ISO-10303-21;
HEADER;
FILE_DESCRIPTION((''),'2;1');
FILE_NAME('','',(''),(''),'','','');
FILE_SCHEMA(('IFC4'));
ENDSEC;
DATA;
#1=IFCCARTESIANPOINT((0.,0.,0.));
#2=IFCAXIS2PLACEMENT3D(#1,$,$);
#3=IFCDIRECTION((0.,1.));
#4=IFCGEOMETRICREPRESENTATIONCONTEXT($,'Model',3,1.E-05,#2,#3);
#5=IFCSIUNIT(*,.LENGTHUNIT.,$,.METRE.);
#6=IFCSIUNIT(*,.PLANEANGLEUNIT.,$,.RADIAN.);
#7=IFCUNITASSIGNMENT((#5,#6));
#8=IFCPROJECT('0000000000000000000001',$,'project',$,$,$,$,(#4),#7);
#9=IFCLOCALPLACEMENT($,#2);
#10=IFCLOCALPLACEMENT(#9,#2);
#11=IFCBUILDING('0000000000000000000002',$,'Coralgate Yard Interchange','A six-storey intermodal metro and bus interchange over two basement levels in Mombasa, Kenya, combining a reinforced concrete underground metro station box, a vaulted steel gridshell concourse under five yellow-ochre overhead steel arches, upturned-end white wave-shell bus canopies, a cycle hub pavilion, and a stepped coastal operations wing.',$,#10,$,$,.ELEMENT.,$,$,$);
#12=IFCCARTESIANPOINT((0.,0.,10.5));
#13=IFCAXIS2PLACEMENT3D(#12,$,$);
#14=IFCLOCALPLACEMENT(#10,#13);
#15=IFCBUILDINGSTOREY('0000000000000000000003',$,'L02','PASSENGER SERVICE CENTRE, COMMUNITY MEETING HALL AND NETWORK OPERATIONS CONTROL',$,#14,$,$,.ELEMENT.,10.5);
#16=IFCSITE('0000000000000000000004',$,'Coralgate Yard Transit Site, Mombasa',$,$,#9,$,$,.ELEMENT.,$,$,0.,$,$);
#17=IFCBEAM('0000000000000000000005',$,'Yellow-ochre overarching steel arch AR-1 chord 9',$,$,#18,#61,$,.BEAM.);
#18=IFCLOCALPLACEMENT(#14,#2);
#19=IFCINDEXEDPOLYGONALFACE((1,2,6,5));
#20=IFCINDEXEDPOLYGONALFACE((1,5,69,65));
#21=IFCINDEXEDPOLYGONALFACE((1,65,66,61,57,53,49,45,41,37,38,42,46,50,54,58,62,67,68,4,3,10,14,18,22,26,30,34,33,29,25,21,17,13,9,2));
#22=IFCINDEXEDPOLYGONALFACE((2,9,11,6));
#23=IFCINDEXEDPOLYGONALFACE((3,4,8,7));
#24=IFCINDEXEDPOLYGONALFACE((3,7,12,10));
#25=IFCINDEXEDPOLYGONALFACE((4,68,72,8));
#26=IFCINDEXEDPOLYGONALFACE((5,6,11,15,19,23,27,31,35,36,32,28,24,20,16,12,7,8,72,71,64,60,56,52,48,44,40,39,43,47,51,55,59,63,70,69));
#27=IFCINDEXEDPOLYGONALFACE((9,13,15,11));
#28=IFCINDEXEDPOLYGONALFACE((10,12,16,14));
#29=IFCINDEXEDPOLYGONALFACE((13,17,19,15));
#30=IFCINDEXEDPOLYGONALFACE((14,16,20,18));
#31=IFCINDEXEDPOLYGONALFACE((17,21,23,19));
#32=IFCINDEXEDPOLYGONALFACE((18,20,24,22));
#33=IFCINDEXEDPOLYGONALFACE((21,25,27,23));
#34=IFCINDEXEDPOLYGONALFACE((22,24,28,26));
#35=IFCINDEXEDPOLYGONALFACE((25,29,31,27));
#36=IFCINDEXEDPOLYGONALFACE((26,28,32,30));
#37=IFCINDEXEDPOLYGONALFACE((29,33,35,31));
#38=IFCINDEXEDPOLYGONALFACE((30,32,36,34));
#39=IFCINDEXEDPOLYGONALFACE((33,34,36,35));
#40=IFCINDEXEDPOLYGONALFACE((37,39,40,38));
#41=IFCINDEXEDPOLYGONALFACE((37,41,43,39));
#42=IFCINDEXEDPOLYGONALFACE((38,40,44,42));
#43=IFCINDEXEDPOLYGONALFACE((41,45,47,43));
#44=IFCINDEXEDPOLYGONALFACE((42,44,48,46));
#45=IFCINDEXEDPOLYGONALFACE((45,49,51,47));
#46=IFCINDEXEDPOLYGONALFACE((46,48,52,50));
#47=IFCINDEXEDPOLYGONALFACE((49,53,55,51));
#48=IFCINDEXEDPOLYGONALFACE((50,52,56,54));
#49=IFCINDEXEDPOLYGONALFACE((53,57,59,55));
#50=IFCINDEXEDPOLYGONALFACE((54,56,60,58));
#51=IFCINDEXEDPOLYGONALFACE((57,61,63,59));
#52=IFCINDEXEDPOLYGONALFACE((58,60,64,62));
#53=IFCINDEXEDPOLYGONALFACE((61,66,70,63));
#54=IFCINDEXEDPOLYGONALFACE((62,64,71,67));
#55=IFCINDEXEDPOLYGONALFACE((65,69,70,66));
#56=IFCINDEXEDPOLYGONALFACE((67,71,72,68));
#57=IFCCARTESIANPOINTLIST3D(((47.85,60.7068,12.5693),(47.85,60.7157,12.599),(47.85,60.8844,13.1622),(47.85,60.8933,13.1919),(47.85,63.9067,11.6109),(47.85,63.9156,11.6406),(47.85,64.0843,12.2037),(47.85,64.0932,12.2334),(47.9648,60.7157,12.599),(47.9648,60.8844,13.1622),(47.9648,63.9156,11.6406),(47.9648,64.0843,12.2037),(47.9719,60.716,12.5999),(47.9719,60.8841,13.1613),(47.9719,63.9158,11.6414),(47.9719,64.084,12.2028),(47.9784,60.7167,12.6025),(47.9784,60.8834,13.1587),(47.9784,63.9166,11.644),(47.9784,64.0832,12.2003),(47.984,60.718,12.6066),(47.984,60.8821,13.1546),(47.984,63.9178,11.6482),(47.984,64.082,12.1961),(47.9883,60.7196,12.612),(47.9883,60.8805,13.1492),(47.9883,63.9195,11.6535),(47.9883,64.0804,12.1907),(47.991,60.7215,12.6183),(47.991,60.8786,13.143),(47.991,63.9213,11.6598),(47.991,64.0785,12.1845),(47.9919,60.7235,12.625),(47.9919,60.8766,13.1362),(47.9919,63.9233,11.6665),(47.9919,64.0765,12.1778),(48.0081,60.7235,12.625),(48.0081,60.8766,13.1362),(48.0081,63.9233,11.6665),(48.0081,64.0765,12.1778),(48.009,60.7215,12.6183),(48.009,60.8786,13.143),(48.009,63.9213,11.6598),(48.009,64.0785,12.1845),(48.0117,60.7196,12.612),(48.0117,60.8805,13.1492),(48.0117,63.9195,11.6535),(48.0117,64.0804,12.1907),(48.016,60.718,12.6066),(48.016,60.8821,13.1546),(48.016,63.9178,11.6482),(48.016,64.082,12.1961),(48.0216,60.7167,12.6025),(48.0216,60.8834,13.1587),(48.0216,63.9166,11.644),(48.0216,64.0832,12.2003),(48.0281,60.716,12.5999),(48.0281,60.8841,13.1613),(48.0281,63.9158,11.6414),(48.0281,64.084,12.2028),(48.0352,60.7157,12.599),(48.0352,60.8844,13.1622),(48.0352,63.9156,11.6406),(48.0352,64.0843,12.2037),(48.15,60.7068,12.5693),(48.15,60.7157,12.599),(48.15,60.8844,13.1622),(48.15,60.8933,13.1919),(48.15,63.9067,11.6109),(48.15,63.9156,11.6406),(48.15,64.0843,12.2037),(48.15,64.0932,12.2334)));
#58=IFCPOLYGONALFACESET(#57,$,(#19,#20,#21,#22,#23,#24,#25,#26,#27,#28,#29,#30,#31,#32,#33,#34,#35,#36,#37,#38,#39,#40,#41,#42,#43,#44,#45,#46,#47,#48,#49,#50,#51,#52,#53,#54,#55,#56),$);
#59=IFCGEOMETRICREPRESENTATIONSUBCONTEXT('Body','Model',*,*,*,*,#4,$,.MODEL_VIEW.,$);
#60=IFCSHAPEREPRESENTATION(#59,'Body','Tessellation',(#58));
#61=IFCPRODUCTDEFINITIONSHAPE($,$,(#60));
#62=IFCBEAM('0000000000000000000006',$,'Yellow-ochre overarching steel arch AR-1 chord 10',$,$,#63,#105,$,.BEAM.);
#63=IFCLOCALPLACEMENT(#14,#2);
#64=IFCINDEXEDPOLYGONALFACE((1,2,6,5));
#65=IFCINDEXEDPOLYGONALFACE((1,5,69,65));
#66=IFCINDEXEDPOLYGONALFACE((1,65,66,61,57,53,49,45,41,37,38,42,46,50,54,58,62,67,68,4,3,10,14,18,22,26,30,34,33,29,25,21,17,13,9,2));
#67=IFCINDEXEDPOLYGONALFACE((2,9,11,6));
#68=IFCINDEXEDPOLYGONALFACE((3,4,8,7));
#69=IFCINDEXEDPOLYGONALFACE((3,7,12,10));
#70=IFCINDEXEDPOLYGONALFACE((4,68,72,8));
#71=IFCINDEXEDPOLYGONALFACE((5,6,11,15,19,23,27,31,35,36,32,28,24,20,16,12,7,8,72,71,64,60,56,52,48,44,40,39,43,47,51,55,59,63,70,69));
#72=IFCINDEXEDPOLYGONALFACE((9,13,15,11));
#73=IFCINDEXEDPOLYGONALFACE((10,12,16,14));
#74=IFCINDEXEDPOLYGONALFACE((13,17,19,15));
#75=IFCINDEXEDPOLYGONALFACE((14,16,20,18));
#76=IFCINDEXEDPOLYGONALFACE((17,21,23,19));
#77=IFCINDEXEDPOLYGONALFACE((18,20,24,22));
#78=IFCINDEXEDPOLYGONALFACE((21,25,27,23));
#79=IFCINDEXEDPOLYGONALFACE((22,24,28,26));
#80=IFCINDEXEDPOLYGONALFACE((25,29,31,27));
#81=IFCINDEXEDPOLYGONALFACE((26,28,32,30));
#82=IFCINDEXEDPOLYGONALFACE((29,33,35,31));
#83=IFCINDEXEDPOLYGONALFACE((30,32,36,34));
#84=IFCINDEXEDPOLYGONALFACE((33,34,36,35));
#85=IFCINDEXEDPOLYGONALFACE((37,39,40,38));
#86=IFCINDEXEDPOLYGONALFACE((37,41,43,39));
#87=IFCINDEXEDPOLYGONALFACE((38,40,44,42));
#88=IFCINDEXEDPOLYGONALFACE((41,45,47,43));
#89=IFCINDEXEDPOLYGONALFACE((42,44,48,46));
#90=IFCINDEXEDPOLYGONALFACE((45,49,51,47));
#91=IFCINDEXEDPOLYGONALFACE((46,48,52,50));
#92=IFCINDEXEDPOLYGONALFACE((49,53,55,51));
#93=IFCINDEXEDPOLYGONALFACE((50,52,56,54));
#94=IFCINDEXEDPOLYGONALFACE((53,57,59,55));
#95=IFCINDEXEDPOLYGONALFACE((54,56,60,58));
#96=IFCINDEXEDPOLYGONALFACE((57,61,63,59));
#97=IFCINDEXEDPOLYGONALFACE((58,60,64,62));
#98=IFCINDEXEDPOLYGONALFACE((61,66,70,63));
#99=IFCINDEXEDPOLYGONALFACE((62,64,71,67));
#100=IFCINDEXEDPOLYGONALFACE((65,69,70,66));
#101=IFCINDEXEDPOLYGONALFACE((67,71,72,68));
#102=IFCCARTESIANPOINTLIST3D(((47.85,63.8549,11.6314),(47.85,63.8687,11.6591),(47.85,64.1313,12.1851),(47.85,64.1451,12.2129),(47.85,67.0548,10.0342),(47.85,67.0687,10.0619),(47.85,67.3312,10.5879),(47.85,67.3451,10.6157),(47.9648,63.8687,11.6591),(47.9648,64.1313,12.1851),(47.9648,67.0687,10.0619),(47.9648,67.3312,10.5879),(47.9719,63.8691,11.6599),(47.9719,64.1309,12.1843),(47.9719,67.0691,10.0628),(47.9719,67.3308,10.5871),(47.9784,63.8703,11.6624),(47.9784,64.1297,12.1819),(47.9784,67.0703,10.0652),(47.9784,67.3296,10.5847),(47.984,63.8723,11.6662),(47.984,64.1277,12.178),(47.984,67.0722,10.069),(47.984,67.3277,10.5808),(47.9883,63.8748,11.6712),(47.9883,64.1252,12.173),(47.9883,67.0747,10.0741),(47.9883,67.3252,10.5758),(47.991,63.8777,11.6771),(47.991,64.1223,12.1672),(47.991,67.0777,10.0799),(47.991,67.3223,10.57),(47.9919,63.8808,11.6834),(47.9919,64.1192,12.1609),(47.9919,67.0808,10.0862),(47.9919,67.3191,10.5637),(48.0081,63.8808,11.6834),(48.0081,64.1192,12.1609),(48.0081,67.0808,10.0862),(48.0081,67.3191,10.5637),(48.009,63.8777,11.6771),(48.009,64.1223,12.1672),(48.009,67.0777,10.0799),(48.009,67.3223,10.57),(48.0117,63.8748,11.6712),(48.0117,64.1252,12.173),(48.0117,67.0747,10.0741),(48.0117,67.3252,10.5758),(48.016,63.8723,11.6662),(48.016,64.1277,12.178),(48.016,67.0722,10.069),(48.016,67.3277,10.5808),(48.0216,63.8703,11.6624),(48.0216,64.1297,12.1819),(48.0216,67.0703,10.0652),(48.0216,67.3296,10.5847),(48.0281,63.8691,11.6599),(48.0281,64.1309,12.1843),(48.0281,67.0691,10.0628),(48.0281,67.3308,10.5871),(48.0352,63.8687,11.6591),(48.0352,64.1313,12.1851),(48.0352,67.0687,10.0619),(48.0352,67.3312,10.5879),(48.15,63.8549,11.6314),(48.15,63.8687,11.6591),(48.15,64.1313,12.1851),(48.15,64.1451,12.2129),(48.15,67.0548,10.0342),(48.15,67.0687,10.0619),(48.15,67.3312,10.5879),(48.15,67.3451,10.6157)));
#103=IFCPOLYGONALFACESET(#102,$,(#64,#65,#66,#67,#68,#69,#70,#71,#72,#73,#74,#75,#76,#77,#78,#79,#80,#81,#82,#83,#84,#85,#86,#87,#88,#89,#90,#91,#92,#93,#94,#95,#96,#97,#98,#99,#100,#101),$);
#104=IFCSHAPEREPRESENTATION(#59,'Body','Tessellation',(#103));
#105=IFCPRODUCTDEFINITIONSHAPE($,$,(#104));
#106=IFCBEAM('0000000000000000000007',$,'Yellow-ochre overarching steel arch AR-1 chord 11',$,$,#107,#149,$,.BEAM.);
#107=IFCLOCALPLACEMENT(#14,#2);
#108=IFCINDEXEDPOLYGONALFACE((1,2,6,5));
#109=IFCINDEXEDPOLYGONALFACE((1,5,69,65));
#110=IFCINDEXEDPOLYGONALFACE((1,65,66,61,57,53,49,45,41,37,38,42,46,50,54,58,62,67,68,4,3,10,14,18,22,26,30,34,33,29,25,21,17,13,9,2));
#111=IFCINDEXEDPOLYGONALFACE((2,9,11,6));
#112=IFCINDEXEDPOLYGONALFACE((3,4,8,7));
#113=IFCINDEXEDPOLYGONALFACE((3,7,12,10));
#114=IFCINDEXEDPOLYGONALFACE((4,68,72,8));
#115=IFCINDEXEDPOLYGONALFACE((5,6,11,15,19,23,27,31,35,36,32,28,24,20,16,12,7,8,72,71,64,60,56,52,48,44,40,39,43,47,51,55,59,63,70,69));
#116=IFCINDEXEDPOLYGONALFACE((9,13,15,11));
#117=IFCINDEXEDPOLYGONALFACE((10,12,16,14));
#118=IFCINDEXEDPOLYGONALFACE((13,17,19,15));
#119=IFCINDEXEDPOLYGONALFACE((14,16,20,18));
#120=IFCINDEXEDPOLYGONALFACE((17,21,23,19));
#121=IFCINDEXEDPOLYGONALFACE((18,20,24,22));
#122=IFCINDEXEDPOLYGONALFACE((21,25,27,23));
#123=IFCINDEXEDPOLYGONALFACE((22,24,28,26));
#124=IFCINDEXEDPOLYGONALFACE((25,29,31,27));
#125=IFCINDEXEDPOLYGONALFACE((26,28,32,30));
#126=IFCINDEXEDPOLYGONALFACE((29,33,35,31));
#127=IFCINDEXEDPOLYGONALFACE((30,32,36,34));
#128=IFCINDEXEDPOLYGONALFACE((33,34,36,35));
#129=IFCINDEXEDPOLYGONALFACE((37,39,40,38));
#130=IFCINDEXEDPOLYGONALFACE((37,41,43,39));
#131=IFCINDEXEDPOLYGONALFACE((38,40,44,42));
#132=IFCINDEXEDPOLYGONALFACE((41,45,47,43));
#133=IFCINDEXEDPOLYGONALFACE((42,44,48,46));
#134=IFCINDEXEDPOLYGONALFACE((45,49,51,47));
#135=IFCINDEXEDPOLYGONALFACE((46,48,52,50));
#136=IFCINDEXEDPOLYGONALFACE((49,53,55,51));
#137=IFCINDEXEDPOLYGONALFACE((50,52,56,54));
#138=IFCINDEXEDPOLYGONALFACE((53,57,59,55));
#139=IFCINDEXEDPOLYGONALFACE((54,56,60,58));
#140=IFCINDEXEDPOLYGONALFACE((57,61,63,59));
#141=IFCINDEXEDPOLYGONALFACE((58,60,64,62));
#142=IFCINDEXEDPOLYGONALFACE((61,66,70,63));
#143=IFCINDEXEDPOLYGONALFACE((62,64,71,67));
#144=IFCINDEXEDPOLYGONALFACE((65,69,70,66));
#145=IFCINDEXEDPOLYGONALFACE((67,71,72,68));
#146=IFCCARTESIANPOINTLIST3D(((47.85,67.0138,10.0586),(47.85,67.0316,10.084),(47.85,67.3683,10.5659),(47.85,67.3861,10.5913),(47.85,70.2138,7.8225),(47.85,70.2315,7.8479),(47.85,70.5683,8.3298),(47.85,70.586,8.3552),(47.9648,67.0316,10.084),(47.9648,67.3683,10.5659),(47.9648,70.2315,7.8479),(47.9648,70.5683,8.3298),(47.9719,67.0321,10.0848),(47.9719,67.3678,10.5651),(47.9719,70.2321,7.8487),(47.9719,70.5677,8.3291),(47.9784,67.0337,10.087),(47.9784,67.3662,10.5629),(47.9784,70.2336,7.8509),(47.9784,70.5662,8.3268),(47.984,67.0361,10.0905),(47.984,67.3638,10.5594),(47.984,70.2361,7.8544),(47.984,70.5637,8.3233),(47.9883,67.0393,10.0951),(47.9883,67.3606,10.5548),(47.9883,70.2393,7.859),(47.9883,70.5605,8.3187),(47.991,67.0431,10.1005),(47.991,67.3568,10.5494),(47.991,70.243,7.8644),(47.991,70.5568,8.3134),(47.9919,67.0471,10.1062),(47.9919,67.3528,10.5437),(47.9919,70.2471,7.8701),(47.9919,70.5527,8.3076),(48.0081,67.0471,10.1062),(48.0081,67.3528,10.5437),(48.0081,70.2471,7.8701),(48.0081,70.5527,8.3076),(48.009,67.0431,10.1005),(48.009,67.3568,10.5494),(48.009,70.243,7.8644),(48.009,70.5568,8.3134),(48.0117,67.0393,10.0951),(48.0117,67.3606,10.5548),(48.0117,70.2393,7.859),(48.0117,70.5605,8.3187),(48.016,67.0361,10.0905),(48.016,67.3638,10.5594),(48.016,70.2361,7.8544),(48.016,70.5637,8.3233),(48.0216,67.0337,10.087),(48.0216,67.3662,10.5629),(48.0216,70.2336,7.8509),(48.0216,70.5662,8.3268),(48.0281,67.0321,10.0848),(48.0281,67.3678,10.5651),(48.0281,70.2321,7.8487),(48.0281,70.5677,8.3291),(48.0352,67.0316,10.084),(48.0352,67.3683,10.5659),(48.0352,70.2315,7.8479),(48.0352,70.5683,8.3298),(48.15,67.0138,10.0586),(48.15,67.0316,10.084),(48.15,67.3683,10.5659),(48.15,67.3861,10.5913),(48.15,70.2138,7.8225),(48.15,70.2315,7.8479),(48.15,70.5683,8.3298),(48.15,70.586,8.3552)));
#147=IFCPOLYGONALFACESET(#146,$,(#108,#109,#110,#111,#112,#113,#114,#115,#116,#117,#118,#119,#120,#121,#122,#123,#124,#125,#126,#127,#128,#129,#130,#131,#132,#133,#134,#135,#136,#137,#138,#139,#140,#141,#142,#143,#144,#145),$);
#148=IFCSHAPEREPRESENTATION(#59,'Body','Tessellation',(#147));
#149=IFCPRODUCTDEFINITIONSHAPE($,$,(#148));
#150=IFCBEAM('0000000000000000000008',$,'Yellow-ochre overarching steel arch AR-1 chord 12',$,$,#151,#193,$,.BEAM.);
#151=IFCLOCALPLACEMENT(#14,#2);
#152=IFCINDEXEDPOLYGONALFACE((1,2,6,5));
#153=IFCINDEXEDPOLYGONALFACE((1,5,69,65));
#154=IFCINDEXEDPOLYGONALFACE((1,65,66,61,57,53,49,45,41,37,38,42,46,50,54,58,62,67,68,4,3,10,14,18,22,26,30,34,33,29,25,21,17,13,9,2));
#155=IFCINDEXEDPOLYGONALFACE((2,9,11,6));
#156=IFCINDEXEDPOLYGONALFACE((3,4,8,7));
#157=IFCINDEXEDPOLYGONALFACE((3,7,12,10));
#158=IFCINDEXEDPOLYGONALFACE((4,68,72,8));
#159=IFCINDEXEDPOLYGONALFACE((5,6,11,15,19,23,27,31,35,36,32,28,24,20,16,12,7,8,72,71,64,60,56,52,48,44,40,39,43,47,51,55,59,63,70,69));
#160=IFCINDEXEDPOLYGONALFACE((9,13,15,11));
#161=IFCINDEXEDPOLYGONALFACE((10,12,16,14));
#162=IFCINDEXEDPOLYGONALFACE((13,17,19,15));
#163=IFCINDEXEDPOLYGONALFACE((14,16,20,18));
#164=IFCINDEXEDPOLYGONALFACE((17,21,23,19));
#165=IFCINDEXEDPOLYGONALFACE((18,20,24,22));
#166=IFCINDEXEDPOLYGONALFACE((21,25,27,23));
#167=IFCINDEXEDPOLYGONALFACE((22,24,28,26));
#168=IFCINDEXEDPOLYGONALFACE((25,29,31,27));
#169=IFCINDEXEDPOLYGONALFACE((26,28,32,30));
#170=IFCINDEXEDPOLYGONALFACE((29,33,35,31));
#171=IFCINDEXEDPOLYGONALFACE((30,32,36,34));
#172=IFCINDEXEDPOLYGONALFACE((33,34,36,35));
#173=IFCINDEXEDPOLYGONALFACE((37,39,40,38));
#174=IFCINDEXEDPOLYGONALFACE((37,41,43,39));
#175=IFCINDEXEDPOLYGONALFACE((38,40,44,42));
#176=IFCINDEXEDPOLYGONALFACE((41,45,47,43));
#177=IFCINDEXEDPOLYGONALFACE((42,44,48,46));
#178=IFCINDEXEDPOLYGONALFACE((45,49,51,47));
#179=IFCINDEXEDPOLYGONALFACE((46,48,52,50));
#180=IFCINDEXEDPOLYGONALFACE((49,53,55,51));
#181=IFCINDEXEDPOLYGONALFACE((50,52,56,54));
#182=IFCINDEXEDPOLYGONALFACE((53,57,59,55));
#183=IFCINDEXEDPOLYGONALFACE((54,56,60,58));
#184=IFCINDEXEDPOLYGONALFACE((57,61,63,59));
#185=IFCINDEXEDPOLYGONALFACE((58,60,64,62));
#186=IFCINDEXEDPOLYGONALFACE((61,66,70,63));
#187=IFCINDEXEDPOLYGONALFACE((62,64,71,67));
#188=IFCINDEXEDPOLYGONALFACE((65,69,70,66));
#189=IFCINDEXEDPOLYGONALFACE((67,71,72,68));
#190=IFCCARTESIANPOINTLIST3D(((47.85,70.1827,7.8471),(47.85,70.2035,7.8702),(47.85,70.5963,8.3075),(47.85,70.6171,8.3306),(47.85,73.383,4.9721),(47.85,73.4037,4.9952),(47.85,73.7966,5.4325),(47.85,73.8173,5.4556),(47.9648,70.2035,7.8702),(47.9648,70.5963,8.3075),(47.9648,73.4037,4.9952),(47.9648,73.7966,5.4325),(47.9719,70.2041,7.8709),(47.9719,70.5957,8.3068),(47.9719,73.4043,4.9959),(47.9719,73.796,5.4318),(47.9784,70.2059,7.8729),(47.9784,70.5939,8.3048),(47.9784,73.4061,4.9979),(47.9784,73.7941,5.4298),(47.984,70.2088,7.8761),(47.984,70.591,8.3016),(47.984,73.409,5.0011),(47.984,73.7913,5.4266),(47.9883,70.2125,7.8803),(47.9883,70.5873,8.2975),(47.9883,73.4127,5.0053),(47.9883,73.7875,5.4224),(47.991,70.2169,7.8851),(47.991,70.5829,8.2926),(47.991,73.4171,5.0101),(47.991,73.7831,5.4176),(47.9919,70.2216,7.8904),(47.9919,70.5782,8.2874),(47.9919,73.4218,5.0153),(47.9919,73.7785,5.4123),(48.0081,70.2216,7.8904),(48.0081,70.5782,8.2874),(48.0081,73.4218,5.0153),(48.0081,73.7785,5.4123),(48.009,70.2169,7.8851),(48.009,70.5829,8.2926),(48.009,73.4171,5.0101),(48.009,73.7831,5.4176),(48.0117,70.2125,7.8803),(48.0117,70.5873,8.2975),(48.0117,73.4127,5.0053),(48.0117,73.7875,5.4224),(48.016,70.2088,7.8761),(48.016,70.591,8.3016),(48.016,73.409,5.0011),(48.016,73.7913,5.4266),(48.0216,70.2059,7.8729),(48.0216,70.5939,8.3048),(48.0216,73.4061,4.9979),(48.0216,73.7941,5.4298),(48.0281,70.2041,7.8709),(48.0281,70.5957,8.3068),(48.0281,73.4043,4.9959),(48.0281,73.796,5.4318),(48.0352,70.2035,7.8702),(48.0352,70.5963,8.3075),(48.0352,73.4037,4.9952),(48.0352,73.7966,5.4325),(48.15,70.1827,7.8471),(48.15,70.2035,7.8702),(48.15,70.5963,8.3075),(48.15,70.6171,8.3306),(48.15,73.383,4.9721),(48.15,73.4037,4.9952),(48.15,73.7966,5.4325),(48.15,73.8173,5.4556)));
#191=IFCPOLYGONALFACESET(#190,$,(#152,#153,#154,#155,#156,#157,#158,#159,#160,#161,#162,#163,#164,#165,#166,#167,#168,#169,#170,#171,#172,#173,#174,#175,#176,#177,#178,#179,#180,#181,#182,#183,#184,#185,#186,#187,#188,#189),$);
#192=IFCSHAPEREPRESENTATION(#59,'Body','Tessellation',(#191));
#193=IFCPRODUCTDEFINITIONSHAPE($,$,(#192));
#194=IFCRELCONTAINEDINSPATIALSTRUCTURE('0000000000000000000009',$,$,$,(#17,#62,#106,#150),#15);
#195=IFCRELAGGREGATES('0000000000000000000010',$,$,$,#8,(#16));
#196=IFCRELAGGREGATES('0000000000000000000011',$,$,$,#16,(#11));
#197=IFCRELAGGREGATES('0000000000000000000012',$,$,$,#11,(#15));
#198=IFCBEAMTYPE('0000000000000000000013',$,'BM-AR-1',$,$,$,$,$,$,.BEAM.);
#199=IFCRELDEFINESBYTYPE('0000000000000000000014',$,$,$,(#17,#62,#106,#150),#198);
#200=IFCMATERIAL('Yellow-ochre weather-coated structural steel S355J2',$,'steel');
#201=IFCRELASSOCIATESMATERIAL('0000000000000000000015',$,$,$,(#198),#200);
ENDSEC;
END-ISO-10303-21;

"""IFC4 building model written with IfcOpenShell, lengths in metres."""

from ifc_helpers import new_model, si_unit, direction, frame, origin, origin_2d, place, context, subcontext, project, spatial, i_section, extrude, material, material_profile, profile_set, type_object, element, save


model = new_model("IFC4")

# Units and contexts
model_context = context("Model", 3, precision=1e-05, world=origin(), true_north=direction((0.0, 1.0)))
body_context = subcontext(model_context, "Body", "Model", "MODEL_VIEW")
ifc_project = project(units=[si_unit("LENGTHUNIT", "METRE"), si_unit("PLANEANGLEUNIT", "RADIAN")], contexts=[model_context])

# Site, building, storey
site_placement = place(None, origin())
site = spatial("IfcSite", under=ifc_project, at=site_placement, Name="Coralgate Yard Transit Site, Mombasa", CompositionType="ELEMENT", RefElevation=0.0)
building_placement = place(site_placement, origin())
building = spatial("IfcBuilding", under=site, at=building_placement, Name="Coralgate Yard Interchange", Description="A six-storey intermodal metro and bus interchange over two basement levels in Mombasa, Kenya, combining a reinforced concrete underground metro station box, a vaulted steel gridshell concourse under five yellow-ochre overhead steel arches, upturned-end white wave-shell bus canopies, a cycle hub pavilion, and a stepped coastal operations wing.", CompositionType="ELEMENT")
storey_placement = place(building_placement, frame((0.0, 0.0, 10.5)))
storey = spatial("IfcBuildingStorey", under=building, at=storey_placement, Name="L02", Description="PASSENGER SERVICE CENTRE, COMMUNITY MEETING HALL AND NETWORK OPERATIONS CONTROL", CompositionType="ELEMENT", Elevation=10.5)

# Beams
ifc_material_1 = material(Name="Yellow-ochre weather-coated structural steel S355J2", Category="steel")
ifc_material_profile_1 = material_profile(ifc_material_1, i_section(OverallWidth=0.3, OverallDepth=0.6499, WebThickness=0.0161, FlangeThickness=0.031, FilletRadius=0.0271, at=origin_2d()), Name="HEB 650")
ifc_profile_set_1 = profile_set([ifc_material_profile_1], Name="Yellow-ochre weather-coated structural steel S355J2")
beam_type_1 = type_object("IfcBeamType", Name="BM-AR-1", PredefinedType="BEAM", material=ifc_profile_set_1)
beam_1_placement = place(storey_placement, frame((48.0, 60.8, 12.8806), z_axis=(0.0, 0.957949, -0.286939), x_axis=(-1.0, 0.0, 0.0)))
element("IfcBeam", 1, at=beam_1_placement, inside=storey, type_object=beam_type_1, Name="Yellow-ochre overarching steel arch AR-1 chord 9", PredefinedType="BEAM", context=body_context, shape_type="SweptSolid", body=[
    extrude(i_section(OverallWidth=0.3, OverallDepth=0.6499, WebThickness=0.0161, FlangeThickness=0.031, FilletRadius=0.0271, at=origin_2d()), origin(), (0.0, 0.0, 1.0), 3.3403),
])
beam_2_placement = place(storey_placement, frame((48.0, 64.0, 11.9221), z_axis=(0.0, 0.894741, -0.446585), x_axis=(-1.0, 0.0, 0.0)))
element("IfcBeam", 2, at=beam_2_placement, inside=storey, type_object=beam_type_1, Name="Yellow-ochre overarching steel arch AR-1 chord 10", PredefinedType="BEAM", context=body_context, shape_type="SweptSolid", body=[
    extrude(i_section(OverallWidth=0.3, OverallDepth=0.6499, WebThickness=0.0161, FlangeThickness=0.031, FilletRadius=0.0271, at=origin_2d()), origin(), (0.0, 0.0, 1.0), 3.5764),
])
beam_3_placement = place(storey_placement, frame((48.0, 67.2, 10.325), z_axis=(0.0, 0.819699, -0.572795), x_axis=(-1.0, 0.0, 0.0)))
element("IfcBeam", 3, at=beam_3_placement, inside=storey, type_object=beam_type_1, Name="Yellow-ochre overarching steel arch AR-1 chord 11", PredefinedType="BEAM", context=body_context, shape_type="SweptSolid", body=[
    extrude(i_section(OverallWidth=0.3, OverallDepth=0.6499, WebThickness=0.0161, FlangeThickness=0.031, FilletRadius=0.0271, at=origin_2d()), origin(), (0.0, 0.0, 1.0), 3.9038),
])
beam_4_placement = place(storey_placement, frame((48.0, 70.3999, 8.0889), z_axis=(0.0, 0.743892, -0.6683), x_axis=(-1.0, 0.0, 0.0)))
element("IfcBeam", 4, at=beam_4_placement, inside=storey, type_object=beam_type_1, Name="Yellow-ochre overarching steel arch AR-1 chord 12", PredefinedType="BEAM", context=body_context, shape_type="SweptSolid", body=[
    extrude(i_section(OverallWidth=0.3, OverallDepth=0.6499, WebThickness=0.0161, FlangeThickness=0.031, FilletRadius=0.0271, at=origin_2d()), origin(), (0.0, 0.0, 1.0), 4.302),
])

save(model, "model.ifc")
